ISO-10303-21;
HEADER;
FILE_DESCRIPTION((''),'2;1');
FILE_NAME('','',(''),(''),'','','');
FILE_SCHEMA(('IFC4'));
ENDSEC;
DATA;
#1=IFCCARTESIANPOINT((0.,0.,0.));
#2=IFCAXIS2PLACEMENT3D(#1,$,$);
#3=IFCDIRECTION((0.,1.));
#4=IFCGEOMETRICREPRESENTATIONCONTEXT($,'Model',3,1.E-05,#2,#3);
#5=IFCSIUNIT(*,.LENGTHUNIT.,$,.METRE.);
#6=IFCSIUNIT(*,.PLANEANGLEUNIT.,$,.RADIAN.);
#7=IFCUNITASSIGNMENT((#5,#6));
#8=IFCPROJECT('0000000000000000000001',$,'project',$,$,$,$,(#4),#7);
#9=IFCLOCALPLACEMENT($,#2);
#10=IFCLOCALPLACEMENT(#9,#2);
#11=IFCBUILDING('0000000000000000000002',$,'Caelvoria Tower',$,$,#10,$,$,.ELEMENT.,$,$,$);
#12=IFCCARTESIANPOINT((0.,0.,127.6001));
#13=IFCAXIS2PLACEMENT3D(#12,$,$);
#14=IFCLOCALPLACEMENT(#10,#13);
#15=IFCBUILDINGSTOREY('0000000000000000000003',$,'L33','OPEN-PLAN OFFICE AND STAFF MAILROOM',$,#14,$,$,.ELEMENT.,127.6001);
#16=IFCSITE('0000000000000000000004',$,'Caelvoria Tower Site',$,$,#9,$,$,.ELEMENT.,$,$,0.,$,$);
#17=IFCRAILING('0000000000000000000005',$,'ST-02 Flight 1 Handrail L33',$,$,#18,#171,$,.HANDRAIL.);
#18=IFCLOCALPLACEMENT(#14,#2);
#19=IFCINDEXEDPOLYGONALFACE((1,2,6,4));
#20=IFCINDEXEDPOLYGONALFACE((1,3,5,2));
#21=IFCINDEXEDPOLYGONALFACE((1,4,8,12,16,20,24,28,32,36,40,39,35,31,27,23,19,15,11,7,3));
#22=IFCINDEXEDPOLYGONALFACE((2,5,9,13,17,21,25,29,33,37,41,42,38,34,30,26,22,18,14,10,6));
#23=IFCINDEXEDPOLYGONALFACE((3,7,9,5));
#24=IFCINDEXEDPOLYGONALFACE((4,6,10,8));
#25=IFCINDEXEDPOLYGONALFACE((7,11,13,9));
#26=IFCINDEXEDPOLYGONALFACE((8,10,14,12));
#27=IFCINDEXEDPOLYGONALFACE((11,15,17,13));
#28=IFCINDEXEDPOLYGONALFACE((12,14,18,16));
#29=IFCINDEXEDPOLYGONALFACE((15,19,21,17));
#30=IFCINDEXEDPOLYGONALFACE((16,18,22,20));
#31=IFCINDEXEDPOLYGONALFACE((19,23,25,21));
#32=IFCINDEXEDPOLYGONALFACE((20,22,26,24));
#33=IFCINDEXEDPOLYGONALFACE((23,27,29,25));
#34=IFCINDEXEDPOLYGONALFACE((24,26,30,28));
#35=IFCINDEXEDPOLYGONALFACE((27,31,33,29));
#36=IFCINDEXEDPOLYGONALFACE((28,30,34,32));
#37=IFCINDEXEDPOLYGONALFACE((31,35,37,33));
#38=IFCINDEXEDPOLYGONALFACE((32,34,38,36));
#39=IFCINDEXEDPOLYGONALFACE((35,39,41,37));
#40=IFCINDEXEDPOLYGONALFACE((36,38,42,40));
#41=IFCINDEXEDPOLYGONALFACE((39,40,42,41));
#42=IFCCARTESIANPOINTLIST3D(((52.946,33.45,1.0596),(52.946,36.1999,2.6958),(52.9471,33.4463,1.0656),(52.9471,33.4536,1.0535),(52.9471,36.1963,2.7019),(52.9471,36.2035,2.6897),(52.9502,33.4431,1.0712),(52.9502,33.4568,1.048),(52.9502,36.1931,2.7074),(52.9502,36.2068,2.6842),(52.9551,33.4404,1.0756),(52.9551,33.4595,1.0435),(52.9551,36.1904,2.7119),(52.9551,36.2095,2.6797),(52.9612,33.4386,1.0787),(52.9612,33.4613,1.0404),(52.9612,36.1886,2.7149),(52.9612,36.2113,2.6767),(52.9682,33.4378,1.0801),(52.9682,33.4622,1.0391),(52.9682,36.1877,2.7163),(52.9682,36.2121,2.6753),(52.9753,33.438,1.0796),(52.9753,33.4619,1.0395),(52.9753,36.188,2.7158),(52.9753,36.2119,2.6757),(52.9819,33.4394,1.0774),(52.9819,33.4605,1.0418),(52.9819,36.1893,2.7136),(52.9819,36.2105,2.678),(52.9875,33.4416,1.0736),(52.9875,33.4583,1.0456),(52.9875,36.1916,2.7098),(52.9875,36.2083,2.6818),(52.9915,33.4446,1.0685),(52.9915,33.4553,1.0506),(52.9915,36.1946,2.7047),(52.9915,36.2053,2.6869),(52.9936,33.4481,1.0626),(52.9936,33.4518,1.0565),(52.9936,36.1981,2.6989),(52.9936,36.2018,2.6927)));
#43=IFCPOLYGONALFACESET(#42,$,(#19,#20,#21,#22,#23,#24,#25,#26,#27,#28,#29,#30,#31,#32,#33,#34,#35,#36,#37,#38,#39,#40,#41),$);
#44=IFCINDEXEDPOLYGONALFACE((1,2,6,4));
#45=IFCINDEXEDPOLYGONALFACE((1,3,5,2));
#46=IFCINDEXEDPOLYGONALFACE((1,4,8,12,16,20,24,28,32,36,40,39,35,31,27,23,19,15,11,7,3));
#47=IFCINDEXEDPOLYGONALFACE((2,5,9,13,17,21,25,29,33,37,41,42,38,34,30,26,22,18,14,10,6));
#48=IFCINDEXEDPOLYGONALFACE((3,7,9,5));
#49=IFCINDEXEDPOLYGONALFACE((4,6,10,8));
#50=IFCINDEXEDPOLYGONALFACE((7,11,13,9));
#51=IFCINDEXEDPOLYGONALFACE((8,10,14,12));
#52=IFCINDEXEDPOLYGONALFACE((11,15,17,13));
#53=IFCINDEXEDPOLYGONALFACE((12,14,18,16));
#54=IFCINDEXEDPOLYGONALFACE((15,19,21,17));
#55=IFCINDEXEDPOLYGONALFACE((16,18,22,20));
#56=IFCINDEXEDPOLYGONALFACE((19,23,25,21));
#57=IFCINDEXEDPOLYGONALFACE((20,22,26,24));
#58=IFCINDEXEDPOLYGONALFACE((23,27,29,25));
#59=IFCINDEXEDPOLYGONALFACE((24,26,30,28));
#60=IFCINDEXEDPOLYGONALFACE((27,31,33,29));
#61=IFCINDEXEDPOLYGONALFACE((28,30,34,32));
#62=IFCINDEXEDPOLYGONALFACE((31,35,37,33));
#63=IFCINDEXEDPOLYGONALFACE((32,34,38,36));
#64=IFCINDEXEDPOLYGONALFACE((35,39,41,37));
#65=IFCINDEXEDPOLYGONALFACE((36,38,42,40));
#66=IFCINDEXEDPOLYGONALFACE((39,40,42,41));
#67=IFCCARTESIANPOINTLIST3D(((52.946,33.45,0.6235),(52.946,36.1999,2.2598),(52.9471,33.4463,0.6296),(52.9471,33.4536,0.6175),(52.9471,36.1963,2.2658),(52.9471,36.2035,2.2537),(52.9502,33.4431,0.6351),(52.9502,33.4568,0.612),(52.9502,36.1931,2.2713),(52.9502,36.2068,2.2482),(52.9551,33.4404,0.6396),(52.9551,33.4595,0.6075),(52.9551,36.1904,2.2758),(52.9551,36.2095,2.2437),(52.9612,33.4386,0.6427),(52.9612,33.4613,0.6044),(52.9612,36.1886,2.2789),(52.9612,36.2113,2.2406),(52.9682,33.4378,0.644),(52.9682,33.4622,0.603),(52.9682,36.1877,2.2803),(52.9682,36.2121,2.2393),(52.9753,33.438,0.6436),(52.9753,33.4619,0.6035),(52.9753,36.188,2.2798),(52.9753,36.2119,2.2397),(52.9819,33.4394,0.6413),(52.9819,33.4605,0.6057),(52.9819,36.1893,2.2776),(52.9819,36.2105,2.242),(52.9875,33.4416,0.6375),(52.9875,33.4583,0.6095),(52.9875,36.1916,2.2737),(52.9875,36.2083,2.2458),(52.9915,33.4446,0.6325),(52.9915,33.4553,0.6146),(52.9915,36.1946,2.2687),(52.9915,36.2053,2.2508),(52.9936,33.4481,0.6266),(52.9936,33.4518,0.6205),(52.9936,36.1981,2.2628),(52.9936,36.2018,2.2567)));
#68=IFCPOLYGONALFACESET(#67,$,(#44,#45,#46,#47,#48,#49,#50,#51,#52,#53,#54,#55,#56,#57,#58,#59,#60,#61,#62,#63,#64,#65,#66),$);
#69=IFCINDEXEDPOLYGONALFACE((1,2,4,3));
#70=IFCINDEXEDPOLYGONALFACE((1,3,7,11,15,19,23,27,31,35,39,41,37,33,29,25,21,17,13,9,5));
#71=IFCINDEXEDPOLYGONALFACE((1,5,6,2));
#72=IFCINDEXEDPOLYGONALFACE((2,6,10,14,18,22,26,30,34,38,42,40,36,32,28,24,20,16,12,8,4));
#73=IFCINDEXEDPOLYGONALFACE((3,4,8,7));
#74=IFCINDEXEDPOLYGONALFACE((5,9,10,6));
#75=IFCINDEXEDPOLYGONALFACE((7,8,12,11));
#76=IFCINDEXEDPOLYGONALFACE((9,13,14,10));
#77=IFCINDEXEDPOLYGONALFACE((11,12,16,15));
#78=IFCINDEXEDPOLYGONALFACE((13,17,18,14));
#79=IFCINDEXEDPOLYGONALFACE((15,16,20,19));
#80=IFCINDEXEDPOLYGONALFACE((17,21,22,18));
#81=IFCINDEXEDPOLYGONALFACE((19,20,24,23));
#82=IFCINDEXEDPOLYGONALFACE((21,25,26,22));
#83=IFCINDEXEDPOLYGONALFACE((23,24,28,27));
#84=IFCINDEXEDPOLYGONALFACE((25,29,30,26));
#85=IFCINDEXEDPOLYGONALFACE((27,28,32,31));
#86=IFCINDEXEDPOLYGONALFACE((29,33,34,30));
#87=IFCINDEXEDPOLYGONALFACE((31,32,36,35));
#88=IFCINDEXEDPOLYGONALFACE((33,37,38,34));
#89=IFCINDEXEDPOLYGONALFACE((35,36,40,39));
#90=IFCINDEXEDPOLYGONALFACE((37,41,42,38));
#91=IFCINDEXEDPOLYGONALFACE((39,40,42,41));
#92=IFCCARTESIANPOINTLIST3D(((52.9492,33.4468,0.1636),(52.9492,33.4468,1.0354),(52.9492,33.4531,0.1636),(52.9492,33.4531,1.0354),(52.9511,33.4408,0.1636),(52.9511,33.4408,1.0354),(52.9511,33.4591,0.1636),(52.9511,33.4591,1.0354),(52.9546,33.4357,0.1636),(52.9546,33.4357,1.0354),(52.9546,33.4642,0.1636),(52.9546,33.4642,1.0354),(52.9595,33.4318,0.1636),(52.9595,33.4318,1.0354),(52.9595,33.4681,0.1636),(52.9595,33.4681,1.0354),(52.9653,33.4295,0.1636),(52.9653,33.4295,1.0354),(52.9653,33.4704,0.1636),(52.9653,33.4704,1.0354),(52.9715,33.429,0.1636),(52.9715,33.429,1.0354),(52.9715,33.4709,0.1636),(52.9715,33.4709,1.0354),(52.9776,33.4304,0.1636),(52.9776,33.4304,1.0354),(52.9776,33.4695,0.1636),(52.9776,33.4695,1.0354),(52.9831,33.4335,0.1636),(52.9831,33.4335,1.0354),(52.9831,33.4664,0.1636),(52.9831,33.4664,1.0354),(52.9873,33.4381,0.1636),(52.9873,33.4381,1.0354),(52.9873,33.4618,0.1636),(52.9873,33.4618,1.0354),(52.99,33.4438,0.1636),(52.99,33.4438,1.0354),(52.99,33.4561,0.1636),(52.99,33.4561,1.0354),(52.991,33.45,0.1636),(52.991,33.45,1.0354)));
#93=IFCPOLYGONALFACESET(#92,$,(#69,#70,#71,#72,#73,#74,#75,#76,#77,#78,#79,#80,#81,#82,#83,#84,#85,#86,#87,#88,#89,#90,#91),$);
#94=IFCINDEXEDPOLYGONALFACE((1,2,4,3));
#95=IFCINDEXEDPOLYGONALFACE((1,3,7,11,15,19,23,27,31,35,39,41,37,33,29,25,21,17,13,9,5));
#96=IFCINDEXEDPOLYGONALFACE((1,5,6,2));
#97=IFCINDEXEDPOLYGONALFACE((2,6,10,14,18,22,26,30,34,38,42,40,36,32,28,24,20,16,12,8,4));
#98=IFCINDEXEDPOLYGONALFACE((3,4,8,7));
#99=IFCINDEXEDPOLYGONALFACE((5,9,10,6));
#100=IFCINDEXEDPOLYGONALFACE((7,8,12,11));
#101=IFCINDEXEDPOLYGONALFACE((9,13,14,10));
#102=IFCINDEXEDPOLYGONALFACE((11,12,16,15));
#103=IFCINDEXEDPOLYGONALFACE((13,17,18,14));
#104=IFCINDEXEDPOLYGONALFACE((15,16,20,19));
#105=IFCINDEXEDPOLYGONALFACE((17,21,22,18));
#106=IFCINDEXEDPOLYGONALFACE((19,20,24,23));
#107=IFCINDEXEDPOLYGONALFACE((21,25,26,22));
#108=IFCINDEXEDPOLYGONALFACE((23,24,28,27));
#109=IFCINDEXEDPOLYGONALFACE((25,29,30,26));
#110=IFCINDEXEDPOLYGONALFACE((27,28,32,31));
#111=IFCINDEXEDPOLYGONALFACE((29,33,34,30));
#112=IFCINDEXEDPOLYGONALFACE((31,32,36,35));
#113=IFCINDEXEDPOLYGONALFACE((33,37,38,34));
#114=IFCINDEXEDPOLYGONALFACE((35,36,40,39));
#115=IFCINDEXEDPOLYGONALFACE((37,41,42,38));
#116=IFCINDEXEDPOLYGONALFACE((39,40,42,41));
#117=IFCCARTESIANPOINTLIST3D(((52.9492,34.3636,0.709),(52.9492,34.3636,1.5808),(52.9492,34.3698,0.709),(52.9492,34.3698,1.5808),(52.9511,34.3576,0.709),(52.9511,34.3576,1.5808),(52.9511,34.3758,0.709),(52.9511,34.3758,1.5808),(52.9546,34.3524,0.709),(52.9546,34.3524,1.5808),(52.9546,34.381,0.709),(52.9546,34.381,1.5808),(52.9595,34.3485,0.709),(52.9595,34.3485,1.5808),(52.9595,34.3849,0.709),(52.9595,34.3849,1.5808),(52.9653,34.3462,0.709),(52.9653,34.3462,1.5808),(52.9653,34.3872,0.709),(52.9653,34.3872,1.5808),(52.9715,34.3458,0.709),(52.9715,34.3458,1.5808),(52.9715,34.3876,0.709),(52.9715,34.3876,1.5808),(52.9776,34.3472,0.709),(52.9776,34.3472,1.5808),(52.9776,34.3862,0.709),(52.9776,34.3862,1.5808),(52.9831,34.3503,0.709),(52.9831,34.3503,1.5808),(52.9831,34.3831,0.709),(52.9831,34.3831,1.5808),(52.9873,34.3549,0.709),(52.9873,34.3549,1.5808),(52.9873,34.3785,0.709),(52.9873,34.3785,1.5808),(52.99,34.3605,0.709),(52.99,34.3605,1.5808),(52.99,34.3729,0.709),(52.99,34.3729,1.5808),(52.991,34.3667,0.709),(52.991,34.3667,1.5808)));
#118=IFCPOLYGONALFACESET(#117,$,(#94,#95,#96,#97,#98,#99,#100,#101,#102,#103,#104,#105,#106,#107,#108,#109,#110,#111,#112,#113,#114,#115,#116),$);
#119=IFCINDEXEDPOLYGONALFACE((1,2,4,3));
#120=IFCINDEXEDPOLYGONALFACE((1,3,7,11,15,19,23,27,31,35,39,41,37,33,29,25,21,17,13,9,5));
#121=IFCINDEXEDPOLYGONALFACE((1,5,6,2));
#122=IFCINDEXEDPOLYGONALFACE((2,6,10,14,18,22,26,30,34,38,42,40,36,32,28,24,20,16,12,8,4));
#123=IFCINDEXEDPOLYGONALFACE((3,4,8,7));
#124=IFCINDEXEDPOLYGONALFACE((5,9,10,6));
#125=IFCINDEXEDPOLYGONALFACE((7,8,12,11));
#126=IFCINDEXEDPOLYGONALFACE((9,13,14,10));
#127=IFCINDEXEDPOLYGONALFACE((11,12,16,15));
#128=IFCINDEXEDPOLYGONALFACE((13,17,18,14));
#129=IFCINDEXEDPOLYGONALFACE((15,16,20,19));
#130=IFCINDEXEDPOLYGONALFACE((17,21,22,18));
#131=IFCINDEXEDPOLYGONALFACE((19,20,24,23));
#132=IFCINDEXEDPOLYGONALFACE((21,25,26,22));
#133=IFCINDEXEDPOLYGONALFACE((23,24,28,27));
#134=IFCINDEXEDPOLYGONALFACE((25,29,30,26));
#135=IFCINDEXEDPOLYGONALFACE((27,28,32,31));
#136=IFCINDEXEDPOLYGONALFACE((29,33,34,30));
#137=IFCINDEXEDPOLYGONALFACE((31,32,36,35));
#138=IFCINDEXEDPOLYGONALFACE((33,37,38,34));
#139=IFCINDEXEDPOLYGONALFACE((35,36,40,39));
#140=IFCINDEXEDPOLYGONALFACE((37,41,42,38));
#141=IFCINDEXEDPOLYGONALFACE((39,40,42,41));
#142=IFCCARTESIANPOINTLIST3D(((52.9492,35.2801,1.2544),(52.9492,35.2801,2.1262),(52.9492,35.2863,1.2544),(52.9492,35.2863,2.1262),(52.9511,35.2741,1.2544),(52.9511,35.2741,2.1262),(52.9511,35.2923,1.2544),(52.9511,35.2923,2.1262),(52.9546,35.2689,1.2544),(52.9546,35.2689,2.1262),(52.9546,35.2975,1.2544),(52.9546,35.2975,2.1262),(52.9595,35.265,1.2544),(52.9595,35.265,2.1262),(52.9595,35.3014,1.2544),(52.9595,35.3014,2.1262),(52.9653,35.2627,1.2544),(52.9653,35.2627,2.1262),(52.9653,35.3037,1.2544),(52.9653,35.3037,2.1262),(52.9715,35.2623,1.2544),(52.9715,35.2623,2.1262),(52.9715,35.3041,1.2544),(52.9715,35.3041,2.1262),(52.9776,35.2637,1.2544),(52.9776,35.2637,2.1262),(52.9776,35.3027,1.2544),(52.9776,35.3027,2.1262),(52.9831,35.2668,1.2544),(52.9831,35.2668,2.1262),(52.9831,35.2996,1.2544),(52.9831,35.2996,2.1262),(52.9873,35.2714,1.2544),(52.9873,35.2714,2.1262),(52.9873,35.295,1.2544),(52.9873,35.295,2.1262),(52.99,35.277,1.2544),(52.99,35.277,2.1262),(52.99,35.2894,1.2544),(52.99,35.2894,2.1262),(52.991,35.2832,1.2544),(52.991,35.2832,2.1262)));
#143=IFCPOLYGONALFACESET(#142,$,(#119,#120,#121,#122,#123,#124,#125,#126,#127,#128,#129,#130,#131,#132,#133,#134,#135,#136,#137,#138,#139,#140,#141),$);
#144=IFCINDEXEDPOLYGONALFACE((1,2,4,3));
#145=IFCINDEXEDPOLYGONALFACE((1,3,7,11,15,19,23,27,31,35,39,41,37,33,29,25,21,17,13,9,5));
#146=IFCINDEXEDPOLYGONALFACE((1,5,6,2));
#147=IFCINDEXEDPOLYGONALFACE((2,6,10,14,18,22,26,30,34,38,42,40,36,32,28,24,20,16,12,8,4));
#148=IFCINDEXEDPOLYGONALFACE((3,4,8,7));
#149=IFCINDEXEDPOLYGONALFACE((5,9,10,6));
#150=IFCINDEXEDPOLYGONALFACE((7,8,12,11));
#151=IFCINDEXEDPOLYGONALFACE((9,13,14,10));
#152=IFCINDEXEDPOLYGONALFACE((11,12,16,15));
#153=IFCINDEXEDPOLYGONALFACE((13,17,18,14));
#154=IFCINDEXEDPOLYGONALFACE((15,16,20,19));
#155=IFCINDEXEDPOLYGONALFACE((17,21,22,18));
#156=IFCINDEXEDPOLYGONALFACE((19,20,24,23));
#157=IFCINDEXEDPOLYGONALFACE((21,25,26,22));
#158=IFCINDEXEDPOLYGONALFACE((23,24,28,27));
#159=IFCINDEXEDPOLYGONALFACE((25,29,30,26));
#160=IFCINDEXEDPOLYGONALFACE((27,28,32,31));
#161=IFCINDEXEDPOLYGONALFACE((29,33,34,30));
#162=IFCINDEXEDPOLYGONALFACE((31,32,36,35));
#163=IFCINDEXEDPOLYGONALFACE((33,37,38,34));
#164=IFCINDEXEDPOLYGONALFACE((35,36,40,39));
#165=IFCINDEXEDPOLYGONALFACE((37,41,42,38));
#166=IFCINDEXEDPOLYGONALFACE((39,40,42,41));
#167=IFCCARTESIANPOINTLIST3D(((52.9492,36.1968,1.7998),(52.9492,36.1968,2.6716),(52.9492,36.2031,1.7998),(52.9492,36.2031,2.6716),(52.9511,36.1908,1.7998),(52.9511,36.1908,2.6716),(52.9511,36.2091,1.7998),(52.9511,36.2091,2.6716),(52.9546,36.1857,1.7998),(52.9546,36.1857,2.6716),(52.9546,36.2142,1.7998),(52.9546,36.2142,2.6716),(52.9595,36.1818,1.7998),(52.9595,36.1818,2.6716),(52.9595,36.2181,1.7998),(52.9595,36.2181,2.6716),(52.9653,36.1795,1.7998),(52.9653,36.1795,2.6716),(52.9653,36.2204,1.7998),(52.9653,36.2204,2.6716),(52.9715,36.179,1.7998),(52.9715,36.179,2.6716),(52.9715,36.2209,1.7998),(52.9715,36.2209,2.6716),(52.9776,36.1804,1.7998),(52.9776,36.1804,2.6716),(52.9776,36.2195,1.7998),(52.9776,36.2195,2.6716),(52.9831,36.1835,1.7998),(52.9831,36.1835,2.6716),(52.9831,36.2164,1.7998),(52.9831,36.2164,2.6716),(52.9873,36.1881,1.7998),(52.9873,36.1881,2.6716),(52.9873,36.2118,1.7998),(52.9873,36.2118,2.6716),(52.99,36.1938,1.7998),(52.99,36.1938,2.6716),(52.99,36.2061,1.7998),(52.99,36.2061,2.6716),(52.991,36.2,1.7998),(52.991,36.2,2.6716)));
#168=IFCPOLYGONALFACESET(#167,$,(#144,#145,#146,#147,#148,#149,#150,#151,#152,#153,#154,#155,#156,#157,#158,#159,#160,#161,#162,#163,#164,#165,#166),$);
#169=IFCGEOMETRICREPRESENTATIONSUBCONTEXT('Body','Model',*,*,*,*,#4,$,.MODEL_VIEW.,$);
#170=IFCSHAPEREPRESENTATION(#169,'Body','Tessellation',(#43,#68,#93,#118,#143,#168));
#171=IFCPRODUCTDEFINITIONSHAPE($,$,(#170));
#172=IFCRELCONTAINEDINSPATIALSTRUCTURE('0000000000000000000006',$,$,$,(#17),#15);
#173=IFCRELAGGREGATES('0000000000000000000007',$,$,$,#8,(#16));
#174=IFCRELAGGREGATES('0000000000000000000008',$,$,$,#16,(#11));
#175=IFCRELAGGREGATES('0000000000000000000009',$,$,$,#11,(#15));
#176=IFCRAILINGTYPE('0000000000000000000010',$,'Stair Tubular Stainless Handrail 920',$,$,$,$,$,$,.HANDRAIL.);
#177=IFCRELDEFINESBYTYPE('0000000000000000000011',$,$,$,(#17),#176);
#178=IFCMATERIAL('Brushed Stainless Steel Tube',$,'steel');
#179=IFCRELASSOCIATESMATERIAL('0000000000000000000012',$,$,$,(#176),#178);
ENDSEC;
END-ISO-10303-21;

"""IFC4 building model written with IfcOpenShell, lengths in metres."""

from ifc_helpers import new_model, si_unit, direction, frame, origin, origin_2d, place, context, subcontext, project, spatial, circle, extrude, material, type_object, element, save


model = new_model("IFC4")

# Units and contexts
model_context = context("Model", 3, precision=1e-05, world=origin(), true_north=direction((0.0, 1.0)))
body_context = subcontext(model_context, "Body", "Model", "MODEL_VIEW")
ifc_project = project(units=[si_unit("LENGTHUNIT", "METRE"), si_unit("PLANEANGLEUNIT", "RADIAN")], contexts=[model_context])

# Site, building, storey
site_placement = place(None, origin())
site = spatial("IfcSite", under=ifc_project, at=site_placement, Name="Caelvoria Tower Site", CompositionType="ELEMENT", RefElevation=0.0)
building_placement = place(site_placement, origin())
building = spatial("IfcBuilding", under=site, at=building_placement, Name="Caelvoria Tower", CompositionType="ELEMENT")
storey_placement = place(building_placement, frame((0.0, 0.0, 127.6001)))
storey = spatial("IfcBuildingStorey", under=building, at=storey_placement, Name="L33", Description="OPEN-PLAN OFFICE AND STAFF MAILROOM", CompositionType="ELEMENT", Elevation=127.6001)

# Railing
ifc_material_1 = material(Name="Brushed Stainless Steel Tube", Category="steel")
railing_type_1 = type_object("IfcRailingType", Name="Stair Tubular Stainless Handrail 920", PredefinedType="HANDRAIL", material=ifc_material_1)
railing_1_placement = place(storey_placement, frame((52.97, 33.45, 0.1636)))
element("IfcRailing", 1, at=railing_1_placement, inside=storey, type_object=railing_type_1, Name="ST-02 Flight 1 Handrail L33", PredefinedType="HANDRAIL", context=body_context, shape_type="SweptSolid", body=[
    extrude(circle(Radius=0.0239, at=origin_2d()), frame((0.0, 0.0, 0.896), z_axis=(0.0, 0.859385, 0.511328), x_axis=(-1.0, 0.0, 0.0)), (0.0, 0.0, 1.0), 3.2),
    extrude(circle(Radius=0.0239, at=origin_2d()), frame((0.0, 0.0, 0.46), z_axis=(0.0, 0.859385, 0.511328), x_axis=(-1.0, 0.0, 0.0)), (0.0, 0.0, 1.0), 3.2),
    extrude(circle(Radius=0.021, at=origin_2d()), origin(), (0.0, 0.0, 1.0), 0.8718),
    extrude(circle(Radius=0.021, at=origin_2d()), frame((0.0, 0.9167, 0.5454)), (0.0, 0.0, 1.0), 0.8718),
    extrude(circle(Radius=0.021, at=origin_2d()), frame((0.0, 1.8333, 1.0908)), (0.0, 0.0, 1.0), 0.8718),
    extrude(circle(Radius=0.021, at=origin_2d()), frame((0.0, 2.75, 1.6362)), (0.0, 0.0, 1.0), 0.8718),
])

save(model, "model.ifc")
